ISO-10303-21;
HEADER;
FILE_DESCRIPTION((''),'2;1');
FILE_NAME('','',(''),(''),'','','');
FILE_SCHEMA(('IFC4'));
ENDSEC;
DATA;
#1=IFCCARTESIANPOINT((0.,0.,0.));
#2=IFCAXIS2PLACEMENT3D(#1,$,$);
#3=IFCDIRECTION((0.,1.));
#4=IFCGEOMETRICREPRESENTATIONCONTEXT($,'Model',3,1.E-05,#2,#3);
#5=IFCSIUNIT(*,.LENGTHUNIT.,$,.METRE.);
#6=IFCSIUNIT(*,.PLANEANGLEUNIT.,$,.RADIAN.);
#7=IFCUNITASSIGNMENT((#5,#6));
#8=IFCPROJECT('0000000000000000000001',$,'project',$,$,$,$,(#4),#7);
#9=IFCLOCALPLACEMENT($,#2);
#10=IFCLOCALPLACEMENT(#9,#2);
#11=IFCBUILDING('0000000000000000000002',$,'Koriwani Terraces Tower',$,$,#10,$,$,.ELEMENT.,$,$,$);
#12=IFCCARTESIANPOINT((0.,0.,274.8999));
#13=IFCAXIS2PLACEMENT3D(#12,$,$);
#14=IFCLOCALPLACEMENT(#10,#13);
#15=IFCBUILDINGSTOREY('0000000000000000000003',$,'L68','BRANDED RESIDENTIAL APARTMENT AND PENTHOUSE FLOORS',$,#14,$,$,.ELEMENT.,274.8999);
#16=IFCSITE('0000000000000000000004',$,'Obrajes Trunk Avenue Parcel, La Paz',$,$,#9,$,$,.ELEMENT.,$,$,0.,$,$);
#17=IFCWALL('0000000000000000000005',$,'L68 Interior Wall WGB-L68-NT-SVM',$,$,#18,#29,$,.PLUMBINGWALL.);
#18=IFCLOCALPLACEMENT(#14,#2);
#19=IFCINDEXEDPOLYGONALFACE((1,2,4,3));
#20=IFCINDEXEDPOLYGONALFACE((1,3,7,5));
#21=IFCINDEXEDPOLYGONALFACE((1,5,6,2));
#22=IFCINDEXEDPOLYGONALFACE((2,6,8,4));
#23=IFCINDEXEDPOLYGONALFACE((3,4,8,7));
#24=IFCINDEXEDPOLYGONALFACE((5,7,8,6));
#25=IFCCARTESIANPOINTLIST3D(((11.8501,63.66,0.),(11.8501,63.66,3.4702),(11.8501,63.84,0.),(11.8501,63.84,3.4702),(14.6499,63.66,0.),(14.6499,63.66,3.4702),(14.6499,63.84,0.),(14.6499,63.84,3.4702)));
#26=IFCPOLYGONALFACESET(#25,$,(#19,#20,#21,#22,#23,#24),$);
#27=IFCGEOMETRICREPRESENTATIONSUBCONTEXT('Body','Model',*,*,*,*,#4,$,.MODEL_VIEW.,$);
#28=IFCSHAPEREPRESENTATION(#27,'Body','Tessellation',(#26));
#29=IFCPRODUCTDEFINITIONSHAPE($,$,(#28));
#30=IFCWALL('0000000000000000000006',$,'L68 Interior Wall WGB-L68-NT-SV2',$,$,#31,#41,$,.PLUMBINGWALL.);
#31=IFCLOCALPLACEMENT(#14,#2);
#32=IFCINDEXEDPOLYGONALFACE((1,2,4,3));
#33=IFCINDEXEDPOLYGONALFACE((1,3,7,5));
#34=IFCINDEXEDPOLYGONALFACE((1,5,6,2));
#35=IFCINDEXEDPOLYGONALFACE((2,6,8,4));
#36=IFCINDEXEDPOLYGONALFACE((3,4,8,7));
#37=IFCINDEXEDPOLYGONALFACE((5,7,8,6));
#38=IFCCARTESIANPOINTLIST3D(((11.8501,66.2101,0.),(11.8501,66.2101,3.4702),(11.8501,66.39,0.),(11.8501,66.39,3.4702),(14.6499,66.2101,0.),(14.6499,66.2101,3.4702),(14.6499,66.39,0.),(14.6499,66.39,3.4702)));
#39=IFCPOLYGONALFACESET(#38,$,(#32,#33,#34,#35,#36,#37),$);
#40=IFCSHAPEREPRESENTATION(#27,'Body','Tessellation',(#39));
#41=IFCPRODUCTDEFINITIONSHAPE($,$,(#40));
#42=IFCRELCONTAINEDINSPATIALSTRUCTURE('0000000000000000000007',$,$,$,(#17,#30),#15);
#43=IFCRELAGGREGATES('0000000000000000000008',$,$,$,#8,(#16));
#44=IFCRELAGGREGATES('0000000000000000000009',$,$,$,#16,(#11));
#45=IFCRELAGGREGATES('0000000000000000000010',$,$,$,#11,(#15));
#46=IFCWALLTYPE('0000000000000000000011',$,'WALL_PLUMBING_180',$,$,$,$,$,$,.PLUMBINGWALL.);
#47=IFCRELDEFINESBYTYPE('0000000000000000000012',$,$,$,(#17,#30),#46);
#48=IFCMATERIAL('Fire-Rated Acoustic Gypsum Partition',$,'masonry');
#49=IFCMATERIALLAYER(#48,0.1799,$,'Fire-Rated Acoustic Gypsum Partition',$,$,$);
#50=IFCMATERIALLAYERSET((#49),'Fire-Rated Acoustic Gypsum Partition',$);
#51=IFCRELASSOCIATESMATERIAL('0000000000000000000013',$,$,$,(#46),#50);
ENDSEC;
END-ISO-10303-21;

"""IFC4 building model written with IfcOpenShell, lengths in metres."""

from ifc_helpers import new_model, si_unit, direction, frame, frame_2d, origin, place, context, subcontext, project, spatial, rectangle, extrude, material, layer, layer_set, type_object, element, save


model = new_model("IFC4")

# Units and contexts
model_context = context("Model", 3, precision=1e-05, world=origin(), true_north=direction((0.0, 1.0)))
body_context = subcontext(model_context, "Body", "Model", "MODEL_VIEW")
ifc_project = project(units=[si_unit("LENGTHUNIT", "METRE"), si_unit("PLANEANGLEUNIT", "RADIAN")], contexts=[model_context])

# Site, building, storey
site_placement = place(None, origin())
site = spatial("IfcSite", under=ifc_project, at=site_placement, Name="Obrajes Trunk Avenue Parcel, La Paz", CompositionType="ELEMENT", RefElevation=0.0)
building_placement = place(site_placement, origin())
building = spatial("IfcBuilding", under=site, at=building_placement, Name="Koriwani Terraces Tower", CompositionType="ELEMENT")
storey_placement = place(building_placement, frame((0.0, 0.0, 274.8999)))
storey = spatial("IfcBuildingStorey", under=building, at=storey_placement, Name="L68", Description="BRANDED RESIDENTIAL APARTMENT AND PENTHOUSE FLOORS", CompositionType="ELEMENT", Elevation=274.8999)

# Shared definitions
ifc_material_1 = material(Name="Fire-Rated Acoustic Gypsum Partition", Category="masonry")
ifc_layer_1 = layer(ifc_material_1, 0.1799, Name="Fire-Rated Acoustic Gypsum Partition")
ifc_layer_set_1 = layer_set([ifc_layer_1], Name="Fire-Rated Acoustic Gypsum Partition")
wall_type_1 = type_object("IfcWallType", Name="WALL_PLUMBING_180", PredefinedType="PLUMBINGWALL", material=ifc_layer_set_1)

# Walls
for number, where, z_axis, x_axis, name in (
    (1, (11.8501, 63.75, 0.0), (0.0, 0.0, 1.0), (1.0, 0.0, 0.0), "L68 Interior Wall WGB-L68-NT-SVM"),
    (2, (11.8501, 66.3, 0.0), (0.0, 0.0, 1.0), (1.0, 0.0, 0.0), "L68 Interior Wall WGB-L68-NT-SV2"),
):
    element("IfcWall", number, at=place(storey_placement, frame(where, z_axis=z_axis, x_axis=x_axis)), inside=storey, type_object=wall_type_1, Name=name, PredefinedType="PLUMBINGWALL", context=body_context, shape_type="SweptSolid", body=[
        extrude(rectangle(XDim=2.7998, YDim=0.1799, at=frame_2d((1.3999, 0.0))), origin(), (0.0, 0.0, 1.0), 3.4702),
    ])

save(model, "model.ifc")
